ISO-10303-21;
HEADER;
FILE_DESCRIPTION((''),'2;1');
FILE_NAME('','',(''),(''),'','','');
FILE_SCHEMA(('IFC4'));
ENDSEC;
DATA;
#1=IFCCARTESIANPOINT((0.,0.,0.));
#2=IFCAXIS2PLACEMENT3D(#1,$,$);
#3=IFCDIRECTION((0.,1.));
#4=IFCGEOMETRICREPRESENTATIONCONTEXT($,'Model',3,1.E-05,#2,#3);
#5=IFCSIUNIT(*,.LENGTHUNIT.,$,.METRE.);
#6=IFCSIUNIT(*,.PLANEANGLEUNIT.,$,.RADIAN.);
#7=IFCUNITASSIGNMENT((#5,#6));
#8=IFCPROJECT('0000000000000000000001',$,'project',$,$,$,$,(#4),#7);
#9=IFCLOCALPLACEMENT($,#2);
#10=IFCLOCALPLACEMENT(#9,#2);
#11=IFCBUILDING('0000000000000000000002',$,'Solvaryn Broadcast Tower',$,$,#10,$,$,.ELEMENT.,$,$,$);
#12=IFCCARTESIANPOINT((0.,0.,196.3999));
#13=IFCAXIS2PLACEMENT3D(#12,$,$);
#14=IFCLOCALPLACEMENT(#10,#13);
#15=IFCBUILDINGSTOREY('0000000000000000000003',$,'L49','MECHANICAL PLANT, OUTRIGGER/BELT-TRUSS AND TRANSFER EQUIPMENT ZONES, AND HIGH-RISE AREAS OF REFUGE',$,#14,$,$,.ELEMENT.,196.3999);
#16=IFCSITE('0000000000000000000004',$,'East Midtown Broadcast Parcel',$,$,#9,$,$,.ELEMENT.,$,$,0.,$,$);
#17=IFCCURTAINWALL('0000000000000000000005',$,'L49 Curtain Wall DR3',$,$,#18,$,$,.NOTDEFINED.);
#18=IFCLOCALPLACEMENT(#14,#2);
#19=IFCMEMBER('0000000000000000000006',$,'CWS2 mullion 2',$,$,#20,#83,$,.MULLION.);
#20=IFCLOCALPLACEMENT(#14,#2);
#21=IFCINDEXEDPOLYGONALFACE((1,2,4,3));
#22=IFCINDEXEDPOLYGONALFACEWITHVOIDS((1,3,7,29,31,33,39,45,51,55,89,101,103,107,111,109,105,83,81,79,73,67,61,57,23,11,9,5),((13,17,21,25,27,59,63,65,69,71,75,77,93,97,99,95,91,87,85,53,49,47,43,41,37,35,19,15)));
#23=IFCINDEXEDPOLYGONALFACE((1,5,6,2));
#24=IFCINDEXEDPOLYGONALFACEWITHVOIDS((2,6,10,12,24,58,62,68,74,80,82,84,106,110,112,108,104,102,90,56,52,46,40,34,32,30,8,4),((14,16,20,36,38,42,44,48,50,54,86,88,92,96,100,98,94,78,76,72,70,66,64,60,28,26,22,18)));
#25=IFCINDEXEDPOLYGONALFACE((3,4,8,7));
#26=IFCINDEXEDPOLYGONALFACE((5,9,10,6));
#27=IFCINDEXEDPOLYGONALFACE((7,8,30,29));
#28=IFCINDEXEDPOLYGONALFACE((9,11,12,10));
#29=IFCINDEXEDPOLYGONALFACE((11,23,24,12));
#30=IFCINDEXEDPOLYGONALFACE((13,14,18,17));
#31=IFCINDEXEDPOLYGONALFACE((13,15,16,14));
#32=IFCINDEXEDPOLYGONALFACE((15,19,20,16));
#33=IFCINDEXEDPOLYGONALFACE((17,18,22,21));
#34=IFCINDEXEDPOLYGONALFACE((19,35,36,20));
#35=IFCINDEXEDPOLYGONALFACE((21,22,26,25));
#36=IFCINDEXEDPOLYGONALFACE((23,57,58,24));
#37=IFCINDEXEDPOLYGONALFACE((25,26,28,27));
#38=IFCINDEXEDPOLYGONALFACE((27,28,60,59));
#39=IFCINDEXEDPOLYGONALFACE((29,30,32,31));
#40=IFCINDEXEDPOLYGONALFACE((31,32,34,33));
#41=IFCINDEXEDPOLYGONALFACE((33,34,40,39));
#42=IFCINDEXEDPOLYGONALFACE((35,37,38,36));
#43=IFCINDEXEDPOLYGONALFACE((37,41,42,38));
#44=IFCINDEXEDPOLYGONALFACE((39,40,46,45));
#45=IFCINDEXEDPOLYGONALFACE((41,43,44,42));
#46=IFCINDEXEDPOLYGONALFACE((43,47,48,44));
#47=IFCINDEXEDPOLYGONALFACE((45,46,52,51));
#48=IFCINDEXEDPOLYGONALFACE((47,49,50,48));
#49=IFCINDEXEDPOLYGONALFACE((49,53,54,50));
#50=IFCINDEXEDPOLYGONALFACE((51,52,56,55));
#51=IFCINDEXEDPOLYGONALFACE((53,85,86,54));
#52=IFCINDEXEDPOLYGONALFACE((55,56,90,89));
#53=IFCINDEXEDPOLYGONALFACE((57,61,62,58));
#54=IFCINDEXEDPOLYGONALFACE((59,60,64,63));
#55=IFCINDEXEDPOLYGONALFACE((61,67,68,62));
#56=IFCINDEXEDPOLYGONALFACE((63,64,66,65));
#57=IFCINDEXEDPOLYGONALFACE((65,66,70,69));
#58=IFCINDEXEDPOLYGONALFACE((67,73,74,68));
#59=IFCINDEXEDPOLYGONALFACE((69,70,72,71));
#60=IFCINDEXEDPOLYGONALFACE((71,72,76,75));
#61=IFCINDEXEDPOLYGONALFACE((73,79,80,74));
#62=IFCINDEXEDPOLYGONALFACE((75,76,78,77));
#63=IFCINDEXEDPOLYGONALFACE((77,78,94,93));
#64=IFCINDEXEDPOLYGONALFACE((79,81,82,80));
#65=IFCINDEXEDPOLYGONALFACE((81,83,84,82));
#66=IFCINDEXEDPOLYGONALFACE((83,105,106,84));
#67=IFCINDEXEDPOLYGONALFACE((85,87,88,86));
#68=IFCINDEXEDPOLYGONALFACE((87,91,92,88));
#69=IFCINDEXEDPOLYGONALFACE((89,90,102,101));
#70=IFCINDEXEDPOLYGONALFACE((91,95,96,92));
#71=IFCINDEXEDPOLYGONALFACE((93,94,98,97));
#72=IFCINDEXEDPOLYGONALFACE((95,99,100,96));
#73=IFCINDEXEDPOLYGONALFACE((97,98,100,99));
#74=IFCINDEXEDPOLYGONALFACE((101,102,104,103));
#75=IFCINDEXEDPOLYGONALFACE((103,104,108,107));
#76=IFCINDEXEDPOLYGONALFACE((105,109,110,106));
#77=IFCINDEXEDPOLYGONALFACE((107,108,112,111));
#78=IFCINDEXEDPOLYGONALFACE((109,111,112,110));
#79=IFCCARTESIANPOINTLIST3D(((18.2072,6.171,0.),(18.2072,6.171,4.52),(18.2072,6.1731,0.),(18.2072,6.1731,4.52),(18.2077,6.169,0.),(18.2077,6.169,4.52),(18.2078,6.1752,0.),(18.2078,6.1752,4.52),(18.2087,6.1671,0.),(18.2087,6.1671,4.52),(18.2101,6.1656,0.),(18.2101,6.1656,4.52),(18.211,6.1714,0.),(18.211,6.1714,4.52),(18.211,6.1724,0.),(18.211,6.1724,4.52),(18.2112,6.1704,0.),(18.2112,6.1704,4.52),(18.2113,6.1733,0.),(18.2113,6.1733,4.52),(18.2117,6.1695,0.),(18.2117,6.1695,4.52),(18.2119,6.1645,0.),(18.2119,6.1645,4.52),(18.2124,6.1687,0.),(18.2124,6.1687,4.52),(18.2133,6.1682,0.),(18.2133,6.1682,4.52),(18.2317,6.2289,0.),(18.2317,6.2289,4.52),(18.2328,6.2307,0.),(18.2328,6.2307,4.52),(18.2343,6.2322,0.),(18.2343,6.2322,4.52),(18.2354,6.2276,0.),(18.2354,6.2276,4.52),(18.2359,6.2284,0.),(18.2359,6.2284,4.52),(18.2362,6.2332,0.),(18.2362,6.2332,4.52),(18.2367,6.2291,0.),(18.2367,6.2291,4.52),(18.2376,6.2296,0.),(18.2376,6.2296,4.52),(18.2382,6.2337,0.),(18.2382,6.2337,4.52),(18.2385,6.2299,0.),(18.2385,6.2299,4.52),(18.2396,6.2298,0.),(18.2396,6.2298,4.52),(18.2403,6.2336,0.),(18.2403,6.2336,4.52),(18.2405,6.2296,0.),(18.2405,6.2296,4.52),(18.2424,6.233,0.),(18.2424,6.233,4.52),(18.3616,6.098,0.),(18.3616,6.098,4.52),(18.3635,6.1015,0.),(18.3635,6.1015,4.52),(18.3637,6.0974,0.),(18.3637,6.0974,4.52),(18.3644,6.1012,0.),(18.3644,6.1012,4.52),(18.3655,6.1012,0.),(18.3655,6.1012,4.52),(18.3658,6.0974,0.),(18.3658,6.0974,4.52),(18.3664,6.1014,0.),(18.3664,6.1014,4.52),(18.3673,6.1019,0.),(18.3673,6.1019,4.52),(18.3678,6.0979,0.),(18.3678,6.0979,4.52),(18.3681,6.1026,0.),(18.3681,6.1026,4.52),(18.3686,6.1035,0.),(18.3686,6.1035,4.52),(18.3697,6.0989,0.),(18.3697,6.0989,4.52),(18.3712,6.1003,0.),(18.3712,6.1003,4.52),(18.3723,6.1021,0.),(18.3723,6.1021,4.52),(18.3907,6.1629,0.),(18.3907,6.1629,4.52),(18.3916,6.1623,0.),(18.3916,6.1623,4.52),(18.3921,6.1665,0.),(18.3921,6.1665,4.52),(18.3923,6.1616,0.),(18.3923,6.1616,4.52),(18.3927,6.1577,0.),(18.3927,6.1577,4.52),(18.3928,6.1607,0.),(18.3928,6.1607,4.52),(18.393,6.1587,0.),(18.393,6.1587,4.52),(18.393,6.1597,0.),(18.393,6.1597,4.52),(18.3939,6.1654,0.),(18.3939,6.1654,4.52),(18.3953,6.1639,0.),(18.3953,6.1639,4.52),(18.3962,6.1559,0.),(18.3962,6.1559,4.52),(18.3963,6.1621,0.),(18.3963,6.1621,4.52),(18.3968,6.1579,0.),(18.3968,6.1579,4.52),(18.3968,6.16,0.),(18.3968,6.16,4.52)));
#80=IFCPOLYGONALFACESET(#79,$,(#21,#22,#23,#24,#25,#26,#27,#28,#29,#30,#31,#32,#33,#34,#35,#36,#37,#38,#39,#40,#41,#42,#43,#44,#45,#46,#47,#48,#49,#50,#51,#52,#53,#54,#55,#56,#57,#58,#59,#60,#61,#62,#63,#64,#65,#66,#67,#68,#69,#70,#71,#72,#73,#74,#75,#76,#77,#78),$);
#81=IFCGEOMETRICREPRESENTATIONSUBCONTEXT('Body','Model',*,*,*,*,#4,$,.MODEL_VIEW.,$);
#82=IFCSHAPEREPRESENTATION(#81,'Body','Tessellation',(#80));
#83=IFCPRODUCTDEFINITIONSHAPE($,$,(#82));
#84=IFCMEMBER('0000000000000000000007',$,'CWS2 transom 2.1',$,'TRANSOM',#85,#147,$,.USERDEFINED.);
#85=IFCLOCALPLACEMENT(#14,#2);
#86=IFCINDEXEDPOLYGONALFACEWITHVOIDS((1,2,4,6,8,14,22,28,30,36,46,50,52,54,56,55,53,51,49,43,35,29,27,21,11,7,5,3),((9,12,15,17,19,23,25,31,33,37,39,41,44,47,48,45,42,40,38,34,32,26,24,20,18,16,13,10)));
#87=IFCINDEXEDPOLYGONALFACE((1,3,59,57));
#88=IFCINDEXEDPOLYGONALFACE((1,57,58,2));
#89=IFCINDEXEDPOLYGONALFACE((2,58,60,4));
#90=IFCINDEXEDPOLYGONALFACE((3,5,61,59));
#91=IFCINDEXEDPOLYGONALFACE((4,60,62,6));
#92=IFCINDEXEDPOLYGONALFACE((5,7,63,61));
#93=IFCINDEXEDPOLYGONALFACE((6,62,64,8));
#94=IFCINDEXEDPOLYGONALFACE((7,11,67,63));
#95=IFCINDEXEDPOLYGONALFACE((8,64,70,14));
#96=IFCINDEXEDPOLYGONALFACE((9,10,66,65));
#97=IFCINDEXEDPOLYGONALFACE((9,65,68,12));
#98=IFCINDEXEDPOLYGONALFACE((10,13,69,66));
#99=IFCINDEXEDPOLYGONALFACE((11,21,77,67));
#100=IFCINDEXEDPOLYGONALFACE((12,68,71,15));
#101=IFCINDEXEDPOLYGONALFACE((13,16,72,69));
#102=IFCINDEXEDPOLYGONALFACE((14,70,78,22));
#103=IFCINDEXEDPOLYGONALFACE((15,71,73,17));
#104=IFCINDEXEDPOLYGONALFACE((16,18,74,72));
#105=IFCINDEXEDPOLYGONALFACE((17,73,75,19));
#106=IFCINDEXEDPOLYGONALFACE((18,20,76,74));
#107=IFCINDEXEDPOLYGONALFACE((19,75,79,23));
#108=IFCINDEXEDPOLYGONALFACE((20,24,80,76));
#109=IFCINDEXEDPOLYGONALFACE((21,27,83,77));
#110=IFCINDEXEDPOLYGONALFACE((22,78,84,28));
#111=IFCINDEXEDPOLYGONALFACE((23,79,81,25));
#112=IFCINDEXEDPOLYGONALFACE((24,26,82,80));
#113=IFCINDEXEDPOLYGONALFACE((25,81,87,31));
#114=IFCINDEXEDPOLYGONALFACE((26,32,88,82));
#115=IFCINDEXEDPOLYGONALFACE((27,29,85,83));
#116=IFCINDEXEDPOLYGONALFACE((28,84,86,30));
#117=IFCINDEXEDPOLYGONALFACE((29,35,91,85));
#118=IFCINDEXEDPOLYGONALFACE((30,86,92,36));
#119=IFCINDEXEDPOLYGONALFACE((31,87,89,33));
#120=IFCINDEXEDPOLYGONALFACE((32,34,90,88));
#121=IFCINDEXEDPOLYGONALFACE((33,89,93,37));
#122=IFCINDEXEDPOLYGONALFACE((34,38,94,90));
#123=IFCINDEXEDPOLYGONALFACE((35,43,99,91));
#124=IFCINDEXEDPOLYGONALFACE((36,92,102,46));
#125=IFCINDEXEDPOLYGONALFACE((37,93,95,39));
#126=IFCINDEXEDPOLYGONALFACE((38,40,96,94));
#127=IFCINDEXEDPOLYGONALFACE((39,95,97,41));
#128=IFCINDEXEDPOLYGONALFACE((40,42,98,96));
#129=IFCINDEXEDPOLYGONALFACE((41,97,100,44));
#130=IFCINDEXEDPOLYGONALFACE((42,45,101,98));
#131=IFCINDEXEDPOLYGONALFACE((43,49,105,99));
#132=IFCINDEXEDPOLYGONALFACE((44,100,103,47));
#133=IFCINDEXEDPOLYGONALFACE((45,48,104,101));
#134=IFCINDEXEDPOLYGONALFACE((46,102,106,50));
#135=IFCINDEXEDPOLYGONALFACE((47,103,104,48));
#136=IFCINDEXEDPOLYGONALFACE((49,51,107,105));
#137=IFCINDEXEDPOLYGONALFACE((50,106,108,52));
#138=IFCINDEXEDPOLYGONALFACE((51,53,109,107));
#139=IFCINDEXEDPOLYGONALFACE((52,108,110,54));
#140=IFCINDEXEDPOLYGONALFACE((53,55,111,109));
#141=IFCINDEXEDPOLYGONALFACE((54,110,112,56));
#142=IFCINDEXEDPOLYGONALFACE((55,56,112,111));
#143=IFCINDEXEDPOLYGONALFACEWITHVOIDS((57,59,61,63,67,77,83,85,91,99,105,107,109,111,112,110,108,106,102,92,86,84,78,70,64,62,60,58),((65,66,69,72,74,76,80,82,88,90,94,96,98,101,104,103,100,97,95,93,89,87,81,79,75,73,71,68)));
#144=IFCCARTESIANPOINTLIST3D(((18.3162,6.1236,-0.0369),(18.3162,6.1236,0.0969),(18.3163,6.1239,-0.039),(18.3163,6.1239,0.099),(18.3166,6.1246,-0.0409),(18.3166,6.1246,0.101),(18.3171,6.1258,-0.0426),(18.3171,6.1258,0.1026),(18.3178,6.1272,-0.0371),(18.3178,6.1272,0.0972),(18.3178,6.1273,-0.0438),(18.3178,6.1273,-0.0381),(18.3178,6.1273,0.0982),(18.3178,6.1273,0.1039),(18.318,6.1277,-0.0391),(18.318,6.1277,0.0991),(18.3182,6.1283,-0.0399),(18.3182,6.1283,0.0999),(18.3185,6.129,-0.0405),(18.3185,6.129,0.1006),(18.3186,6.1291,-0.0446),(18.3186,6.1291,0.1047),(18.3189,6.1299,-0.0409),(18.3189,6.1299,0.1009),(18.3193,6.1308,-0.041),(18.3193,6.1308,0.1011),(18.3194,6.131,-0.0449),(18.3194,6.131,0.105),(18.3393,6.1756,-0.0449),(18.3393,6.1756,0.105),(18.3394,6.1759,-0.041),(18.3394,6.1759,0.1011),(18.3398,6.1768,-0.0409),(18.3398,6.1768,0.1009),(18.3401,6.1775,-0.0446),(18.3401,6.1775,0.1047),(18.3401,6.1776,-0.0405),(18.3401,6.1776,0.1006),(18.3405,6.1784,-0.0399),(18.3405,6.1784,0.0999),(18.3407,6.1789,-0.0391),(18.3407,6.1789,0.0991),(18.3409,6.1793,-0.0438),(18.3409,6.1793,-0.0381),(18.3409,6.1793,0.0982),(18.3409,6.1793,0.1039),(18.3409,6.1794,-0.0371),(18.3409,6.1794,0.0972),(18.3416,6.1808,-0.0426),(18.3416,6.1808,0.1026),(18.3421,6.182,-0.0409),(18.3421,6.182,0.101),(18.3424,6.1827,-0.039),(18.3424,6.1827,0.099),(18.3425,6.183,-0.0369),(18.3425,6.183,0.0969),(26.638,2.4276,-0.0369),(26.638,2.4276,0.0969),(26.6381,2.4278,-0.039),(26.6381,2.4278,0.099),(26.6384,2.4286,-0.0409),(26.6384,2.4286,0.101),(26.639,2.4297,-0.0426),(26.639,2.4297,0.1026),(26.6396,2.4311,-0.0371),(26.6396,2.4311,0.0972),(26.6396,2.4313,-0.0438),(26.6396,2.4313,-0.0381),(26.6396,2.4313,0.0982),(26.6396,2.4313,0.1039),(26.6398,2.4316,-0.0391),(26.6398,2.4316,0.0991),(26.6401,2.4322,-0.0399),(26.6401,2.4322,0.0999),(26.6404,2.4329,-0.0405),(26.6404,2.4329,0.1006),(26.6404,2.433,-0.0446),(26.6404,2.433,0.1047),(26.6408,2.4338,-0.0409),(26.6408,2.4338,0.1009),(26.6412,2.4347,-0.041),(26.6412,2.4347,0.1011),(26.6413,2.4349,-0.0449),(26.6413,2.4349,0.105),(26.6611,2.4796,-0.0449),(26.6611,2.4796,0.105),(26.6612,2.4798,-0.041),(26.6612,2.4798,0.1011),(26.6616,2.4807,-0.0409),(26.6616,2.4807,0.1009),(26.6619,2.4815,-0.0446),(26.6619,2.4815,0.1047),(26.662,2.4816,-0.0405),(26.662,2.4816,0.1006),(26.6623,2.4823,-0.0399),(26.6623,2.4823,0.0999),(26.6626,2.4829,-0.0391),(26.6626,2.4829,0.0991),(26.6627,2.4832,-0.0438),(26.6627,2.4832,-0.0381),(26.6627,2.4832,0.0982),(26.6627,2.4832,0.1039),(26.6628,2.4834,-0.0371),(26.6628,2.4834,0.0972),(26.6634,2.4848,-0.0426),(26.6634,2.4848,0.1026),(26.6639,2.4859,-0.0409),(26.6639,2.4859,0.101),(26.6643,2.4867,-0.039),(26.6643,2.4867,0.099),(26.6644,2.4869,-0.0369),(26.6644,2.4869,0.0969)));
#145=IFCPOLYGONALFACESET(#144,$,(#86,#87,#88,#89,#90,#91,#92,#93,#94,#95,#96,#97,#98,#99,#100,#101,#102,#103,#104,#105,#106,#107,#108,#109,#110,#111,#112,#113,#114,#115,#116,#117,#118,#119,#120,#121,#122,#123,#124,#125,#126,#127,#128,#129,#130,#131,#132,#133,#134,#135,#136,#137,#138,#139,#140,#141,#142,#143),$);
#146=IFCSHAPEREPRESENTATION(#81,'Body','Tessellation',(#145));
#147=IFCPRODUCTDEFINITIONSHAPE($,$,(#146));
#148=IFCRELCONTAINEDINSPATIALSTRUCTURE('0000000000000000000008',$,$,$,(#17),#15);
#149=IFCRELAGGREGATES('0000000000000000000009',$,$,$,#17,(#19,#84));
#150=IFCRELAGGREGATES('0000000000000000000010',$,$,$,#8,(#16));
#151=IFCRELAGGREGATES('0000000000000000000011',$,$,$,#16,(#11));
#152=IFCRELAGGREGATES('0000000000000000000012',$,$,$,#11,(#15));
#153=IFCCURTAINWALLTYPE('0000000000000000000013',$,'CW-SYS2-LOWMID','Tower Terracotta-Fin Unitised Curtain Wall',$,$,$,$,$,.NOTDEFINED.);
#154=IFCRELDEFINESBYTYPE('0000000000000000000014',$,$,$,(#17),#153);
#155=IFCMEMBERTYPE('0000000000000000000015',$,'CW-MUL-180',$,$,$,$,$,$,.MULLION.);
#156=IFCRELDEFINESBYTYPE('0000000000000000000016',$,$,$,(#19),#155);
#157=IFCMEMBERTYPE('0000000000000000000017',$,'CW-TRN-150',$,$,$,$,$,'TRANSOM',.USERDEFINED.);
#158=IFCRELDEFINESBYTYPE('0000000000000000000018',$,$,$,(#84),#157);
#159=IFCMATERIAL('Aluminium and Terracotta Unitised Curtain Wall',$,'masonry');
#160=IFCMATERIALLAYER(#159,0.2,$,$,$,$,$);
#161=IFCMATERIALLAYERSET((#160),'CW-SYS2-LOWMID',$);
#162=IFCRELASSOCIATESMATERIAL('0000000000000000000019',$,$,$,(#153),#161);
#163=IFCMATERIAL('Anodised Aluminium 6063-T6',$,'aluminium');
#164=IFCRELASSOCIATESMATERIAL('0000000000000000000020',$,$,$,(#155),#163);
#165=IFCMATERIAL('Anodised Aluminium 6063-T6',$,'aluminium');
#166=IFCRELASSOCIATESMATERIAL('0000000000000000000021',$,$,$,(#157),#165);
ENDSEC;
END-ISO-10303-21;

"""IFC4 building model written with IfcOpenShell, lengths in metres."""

from ifc_helpers import new_model, si_unit, direction, frame, origin, origin_2d, place, context, subcontext, project, spatial, hollow_rectangle, extrude, material, layer, layer_set, material_profile, profile_set, type_object, element, aggregate, save


model = new_model("IFC4")

# Units and contexts
model_context = context("Model", 3, precision=1e-05, world=origin(), true_north=direction((0.0, 1.0)))
body_context = subcontext(model_context, "Body", "Model", "MODEL_VIEW")
ifc_project = project(units=[si_unit("LENGTHUNIT", "METRE"), si_unit("PLANEANGLEUNIT", "RADIAN")], contexts=[model_context])

# Site, building, storey
site_placement = place(None, origin())
site = spatial("IfcSite", under=ifc_project, at=site_placement, Name="East Midtown Broadcast Parcel", CompositionType="ELEMENT", RefElevation=0.0)
building_placement = place(site_placement, origin())
building = spatial("IfcBuilding", under=site, at=building_placement, Name="Solvaryn Broadcast Tower", CompositionType="ELEMENT")
storey_placement = place(building_placement, frame((0.0, 0.0, 196.3999)))
storey = spatial("IfcBuildingStorey", under=building, at=storey_placement, Name="L49", Description="MECHANICAL PLANT, OUTRIGGER/BELT-TRUSS AND TRANSFER EQUIPMENT ZONES, AND HIGH-RISE AREAS OF REFUGE", CompositionType="ELEMENT", Elevation=196.3999)

# Curtain wall, members
ifc_material_1 = material(Name="Aluminium and Terracotta Unitised Curtain Wall", Category="masonry")
ifc_layer_1 = layer(ifc_material_1, 0.2)
ifc_layer_set_1 = layer_set([ifc_layer_1], Name="CW-SYS2-LOWMID")
curtain_wall_type = type_object("IfcCurtainWallType", Name="CW-SYS2-LOWMID", Description="Tower Terracotta-Fin Unitised Curtain Wall", PredefinedType="NOTDEFINED", material=ifc_layer_set_1)
curtain_wall_placement = place(storey_placement, origin())
curtain_wall = element("IfcCurtainWall", 1, at=curtain_wall_placement, inside=storey, type_object=curtain_wall_type, Name="L49 Curtain Wall DR3", PredefinedType="NOTDEFINED")
ifc_material_2 = material(Name="Anodised Aluminium 6063-T6", Category="aluminium")
ifc_material_profile_1 = material_profile(ifc_material_2, hollow_rectangle(XDim=0.075, YDim=0.1799, WallThickness=0.0039, InnerFilletRadius=0.0039, OuterFilletRadius=0.0081, at=origin_2d()))
ifc_profile_set_1 = profile_set([ifc_material_profile_1], Name="Anodised Aluminium 6063-T6")
member_type_1 = type_object("IfcMemberType", Name="CW-MUL-180", PredefinedType="MULLION", material=ifc_profile_set_1)
member_1_placement = place(storey_placement, frame((18.302, 6.1655, 0.0), z_axis=(0.0, 0.0, 1.0), x_axis=(0.405901, 0.913917, 0.0)))
member_1 = element("IfcMember", 2, at=member_1_placement, type_object=member_type_1, Name="CWS2 mullion 2", PredefinedType="MULLION", context=body_context, shape_type="SweptSolid", body=[
    extrude(hollow_rectangle(XDim=0.075, YDim=0.1799, WallThickness=0.0039, InnerFilletRadius=0.0039, OuterFilletRadius=0.0081, at=origin_2d()), origin(), (0.0, 0.0, 1.0), 4.52),
])
ifc_material_3 = material(Name="Anodised Aluminium 6063-T6", Category="aluminium")
ifc_material_profile_2 = material_profile(ifc_material_3, hollow_rectangle(XDim=0.0649, YDim=0.1499, WallThickness=0.0039, InnerFilletRadius=0.0039, OuterFilletRadius=0.0081, at=origin_2d()))
ifc_profile_set_2 = profile_set([ifc_material_profile_2], Name="Anodised Aluminium 6063-T6")
member_type_2 = type_object("IfcMemberType", Name="CW-TRN-150", ElementType="TRANSOM", PredefinedType="USERDEFINED", material=ifc_profile_set_2)
member_2_placement = place(storey_placement, frame((18.3293, 6.1533, 0.03), z_axis=(0.913914, -0.405907, 0.0), x_axis=(0.405907, 0.913914, 0.0)))
member_2 = element("IfcMember", 3, at=member_2_placement, type_object=member_type_2, Name="CWS2 transom 2.1", ObjectType="TRANSOM", PredefinedType="USERDEFINED", context=body_context, shape_type="SweptSolid", body=[
    extrude(hollow_rectangle(XDim=0.0649, YDim=0.1499, WallThickness=0.0039, InnerFilletRadius=0.0039, OuterFilletRadius=0.0081, at=origin_2d()), origin(), (0.0, 0.0, 1.0), 9.1057),
])

aggregate(curtain_wall, [member_1, member_2])

save(model, "model.ifc")
